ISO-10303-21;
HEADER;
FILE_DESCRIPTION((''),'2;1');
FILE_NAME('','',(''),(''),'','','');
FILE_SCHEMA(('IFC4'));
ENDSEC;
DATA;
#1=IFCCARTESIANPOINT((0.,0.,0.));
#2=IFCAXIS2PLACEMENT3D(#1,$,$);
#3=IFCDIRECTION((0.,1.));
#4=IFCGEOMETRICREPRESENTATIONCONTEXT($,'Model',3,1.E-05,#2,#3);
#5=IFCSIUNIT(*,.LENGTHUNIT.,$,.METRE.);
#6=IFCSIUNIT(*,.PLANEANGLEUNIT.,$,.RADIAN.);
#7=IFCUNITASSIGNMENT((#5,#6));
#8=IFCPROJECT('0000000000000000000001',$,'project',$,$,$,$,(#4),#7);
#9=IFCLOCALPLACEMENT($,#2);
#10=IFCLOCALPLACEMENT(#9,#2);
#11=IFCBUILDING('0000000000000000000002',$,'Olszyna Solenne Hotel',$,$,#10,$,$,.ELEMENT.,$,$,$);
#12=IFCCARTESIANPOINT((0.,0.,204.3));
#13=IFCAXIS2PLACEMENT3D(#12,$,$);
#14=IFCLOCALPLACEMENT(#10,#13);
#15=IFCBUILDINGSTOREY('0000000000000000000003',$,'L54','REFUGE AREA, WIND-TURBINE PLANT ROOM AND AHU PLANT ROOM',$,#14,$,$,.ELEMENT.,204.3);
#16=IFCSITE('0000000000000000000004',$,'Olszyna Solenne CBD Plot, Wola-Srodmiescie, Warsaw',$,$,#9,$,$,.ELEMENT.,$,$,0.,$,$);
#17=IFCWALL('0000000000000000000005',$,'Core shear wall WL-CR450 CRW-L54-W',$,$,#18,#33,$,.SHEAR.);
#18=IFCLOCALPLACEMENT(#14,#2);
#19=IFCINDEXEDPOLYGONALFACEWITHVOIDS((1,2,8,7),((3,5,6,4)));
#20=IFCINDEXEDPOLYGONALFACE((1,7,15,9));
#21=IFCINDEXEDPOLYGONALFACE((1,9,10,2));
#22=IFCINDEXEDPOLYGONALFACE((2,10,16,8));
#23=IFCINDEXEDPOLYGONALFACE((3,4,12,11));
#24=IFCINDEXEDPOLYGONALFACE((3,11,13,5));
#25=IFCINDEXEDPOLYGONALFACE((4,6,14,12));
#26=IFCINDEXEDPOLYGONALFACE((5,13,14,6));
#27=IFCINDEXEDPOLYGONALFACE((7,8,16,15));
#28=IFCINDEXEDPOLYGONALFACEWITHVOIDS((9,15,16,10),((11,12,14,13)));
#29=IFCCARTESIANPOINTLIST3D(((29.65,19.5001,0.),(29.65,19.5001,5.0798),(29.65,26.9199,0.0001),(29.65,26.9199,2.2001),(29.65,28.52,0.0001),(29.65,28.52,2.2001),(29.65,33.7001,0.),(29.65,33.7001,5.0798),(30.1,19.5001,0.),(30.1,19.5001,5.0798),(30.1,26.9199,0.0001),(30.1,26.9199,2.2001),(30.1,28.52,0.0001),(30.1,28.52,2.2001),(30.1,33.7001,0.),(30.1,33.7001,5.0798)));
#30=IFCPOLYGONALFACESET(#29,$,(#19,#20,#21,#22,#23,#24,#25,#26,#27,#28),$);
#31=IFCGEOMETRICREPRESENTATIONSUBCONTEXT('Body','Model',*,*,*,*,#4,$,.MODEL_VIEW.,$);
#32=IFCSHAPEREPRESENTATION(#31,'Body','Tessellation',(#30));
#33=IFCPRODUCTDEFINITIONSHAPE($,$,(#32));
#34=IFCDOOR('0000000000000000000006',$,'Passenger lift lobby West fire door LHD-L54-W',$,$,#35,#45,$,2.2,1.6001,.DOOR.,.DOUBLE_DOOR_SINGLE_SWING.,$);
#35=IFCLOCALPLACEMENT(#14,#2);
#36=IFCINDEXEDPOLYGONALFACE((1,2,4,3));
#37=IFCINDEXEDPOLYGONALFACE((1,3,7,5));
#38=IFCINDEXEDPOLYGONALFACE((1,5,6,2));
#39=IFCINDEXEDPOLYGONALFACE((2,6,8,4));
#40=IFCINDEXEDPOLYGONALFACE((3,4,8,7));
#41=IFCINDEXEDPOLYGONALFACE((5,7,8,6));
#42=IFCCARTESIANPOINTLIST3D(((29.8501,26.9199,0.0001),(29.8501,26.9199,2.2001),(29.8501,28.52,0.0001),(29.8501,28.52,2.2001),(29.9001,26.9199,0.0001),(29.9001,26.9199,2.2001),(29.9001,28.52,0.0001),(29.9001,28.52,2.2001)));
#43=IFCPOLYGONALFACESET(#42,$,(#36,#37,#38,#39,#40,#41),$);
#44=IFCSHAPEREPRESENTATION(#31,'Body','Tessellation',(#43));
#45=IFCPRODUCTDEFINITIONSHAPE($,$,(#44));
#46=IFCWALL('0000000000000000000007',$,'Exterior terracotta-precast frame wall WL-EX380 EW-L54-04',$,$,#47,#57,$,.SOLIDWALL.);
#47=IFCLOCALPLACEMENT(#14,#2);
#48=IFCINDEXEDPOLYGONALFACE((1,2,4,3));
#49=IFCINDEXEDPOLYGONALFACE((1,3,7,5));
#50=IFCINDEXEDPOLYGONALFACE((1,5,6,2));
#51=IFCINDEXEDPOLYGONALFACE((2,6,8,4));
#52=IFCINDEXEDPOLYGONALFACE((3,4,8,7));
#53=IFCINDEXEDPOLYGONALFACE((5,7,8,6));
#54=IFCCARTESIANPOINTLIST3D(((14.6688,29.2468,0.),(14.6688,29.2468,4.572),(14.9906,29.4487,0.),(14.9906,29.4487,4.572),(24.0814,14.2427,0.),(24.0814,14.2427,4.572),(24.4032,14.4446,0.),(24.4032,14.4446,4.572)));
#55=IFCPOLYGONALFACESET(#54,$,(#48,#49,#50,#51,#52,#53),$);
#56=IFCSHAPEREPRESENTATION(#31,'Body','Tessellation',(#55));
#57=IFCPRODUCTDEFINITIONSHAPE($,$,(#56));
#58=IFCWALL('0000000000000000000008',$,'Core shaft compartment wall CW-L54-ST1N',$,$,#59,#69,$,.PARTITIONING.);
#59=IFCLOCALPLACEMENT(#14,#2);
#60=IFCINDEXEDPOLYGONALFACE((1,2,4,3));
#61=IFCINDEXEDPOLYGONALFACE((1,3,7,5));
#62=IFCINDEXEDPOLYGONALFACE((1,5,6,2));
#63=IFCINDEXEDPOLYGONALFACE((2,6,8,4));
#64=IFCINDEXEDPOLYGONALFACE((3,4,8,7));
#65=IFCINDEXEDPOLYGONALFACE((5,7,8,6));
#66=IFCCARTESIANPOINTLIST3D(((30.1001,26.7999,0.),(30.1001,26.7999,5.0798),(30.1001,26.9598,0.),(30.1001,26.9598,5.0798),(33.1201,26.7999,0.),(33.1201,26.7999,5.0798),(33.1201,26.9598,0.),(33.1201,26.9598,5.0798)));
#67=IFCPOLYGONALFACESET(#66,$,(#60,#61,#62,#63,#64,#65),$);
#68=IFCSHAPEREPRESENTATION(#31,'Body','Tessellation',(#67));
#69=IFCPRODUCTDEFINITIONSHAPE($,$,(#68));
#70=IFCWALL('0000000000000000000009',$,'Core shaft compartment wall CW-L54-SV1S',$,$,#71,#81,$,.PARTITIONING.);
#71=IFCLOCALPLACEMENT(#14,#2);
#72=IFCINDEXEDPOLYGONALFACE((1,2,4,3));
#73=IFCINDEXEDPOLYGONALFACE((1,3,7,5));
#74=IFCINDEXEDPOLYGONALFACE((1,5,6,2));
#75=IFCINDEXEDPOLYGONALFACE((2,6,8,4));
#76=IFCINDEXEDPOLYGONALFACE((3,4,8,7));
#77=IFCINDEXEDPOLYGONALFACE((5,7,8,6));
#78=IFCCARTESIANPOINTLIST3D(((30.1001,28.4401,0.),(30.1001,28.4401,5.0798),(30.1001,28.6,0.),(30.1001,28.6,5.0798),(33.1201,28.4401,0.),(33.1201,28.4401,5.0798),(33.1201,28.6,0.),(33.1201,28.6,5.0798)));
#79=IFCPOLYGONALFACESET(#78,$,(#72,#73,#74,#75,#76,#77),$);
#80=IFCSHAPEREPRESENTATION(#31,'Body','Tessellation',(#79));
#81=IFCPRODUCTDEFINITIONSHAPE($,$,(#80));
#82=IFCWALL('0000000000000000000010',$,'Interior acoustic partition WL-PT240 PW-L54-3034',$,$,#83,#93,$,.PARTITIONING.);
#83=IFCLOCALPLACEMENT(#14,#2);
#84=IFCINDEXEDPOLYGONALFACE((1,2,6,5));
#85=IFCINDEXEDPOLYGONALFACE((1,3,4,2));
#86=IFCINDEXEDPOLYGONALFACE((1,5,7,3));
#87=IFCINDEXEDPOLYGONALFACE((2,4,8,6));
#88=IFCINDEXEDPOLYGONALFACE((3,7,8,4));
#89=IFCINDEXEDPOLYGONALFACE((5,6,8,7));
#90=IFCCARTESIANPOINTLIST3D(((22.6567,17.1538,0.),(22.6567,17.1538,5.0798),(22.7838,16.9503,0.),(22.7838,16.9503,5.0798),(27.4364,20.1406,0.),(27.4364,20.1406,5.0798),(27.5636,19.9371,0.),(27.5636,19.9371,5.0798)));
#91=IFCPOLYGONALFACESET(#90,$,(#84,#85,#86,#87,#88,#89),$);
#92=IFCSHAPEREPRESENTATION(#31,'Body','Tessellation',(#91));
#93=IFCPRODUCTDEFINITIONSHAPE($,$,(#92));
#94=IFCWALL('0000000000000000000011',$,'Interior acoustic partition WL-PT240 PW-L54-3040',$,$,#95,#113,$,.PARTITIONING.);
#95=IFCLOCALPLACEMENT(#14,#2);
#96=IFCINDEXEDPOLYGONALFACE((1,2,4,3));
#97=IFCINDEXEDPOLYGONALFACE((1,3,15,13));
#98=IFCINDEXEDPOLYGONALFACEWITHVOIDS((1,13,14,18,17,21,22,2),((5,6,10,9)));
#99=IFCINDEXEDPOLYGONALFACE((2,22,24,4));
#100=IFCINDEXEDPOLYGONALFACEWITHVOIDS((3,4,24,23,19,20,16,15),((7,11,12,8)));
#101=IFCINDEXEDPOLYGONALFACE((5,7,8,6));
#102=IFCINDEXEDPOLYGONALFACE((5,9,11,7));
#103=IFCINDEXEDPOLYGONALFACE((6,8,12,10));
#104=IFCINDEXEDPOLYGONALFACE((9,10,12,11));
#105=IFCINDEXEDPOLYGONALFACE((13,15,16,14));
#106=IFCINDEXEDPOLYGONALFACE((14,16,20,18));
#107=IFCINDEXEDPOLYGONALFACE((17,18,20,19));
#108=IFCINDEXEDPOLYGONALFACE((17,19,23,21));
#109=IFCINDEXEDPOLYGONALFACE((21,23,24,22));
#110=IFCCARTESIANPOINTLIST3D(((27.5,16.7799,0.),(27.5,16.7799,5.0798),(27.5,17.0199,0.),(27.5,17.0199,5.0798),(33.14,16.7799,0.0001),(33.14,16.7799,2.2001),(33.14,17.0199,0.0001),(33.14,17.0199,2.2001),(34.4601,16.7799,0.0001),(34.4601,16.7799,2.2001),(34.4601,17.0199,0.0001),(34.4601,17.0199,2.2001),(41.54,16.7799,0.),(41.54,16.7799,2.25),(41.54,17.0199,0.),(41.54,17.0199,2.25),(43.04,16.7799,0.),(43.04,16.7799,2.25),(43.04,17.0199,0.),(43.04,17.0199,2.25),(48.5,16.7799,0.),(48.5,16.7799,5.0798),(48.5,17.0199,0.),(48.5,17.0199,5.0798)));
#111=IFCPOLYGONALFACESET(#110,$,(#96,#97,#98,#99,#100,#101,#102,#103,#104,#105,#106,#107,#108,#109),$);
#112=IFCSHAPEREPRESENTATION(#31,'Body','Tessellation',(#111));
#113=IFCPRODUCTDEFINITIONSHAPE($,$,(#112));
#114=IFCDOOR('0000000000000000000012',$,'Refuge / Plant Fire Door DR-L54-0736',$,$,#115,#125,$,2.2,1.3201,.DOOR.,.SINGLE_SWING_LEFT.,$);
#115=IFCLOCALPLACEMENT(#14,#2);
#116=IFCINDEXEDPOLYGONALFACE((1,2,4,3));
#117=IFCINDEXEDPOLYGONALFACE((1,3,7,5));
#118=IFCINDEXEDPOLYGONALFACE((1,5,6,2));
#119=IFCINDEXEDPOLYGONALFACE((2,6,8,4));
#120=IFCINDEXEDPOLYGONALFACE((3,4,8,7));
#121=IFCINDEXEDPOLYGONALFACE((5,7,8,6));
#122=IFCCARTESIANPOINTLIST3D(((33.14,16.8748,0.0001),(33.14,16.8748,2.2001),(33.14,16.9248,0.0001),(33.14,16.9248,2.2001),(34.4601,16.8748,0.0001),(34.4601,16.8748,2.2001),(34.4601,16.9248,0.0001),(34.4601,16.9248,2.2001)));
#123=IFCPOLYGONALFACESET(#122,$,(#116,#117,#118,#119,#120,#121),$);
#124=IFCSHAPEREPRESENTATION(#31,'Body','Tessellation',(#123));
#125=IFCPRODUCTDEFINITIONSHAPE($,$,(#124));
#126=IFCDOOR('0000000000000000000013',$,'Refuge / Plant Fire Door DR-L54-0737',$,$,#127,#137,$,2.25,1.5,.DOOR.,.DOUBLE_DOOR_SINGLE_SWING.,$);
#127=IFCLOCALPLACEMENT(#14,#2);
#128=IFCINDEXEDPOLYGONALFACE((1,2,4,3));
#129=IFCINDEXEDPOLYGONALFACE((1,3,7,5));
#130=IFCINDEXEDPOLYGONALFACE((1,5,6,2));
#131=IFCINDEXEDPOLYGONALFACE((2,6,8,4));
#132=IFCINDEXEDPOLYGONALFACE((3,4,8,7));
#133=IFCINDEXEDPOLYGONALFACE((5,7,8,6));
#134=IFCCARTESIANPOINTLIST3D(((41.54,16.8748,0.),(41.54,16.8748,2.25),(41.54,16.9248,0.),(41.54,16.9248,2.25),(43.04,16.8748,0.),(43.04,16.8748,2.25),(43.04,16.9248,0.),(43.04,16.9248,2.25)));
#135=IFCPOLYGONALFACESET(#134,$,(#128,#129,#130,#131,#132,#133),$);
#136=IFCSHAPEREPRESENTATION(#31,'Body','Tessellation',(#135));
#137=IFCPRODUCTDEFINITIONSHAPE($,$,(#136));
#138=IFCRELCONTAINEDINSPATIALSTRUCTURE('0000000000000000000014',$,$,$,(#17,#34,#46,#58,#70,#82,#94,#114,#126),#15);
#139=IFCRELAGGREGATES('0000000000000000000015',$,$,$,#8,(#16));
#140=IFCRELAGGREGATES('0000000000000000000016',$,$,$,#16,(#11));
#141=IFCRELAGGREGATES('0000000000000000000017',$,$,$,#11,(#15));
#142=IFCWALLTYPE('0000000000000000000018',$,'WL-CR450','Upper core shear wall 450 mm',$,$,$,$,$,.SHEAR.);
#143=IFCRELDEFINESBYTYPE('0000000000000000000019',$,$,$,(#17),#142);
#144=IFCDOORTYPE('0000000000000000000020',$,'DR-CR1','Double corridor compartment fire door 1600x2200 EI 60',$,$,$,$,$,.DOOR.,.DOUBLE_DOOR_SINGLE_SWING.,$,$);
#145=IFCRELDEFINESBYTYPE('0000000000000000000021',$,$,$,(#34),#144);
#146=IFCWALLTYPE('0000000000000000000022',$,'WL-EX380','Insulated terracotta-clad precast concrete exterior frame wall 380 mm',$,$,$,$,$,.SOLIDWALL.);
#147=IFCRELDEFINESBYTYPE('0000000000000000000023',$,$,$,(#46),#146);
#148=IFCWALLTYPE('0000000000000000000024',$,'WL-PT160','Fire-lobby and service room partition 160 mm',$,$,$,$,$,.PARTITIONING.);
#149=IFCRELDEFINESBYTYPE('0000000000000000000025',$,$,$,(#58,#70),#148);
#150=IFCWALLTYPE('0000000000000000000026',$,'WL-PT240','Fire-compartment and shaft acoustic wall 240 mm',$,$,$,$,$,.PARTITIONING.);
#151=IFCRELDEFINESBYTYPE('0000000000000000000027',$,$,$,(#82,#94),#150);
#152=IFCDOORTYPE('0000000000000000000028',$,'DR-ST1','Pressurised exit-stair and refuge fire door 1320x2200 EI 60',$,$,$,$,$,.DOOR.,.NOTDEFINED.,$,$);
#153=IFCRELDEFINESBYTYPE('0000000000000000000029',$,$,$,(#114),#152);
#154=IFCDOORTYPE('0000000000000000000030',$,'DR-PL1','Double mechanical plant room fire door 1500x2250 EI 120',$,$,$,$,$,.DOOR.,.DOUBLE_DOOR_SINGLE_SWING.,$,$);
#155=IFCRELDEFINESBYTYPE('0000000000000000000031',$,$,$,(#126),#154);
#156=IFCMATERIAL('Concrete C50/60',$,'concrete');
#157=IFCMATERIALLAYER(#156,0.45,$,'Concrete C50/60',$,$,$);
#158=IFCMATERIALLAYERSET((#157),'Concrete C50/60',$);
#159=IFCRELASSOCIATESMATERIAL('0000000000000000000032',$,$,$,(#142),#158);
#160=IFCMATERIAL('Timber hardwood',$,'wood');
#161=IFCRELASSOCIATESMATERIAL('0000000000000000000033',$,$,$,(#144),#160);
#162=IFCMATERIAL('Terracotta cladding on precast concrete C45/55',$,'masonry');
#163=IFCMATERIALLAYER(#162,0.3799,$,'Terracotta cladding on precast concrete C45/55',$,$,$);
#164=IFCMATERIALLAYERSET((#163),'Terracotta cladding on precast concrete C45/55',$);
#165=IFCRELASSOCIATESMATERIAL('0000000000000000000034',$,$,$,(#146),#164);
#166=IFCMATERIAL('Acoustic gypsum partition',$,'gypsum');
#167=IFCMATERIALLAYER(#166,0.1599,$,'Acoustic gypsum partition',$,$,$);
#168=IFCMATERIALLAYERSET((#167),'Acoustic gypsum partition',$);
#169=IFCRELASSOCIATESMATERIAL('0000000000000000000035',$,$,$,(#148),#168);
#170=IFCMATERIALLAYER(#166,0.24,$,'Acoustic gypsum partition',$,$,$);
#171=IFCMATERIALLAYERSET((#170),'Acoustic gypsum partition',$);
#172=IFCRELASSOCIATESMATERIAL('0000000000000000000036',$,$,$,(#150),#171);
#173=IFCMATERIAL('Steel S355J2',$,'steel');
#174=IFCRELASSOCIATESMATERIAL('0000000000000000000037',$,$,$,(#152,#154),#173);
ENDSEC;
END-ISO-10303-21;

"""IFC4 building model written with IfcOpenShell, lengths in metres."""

from ifc_helpers import new_model, si_unit, direction, frame, frame_2d, origin, place, context, subcontext, project, spatial, rectangle, extrude, source, transform, mapped, material, layer, layer_set, type_object, type_shapes, element, fill, save


model = new_model("IFC4")

# Units and contexts
model_context = context("Model", 3, precision=1e-05, world=origin(), true_north=direction((0.0, 1.0)))
body_context = subcontext(model_context, "Body", "Model", "MODEL_VIEW")
ifc_project = project(units=[si_unit("LENGTHUNIT", "METRE"), si_unit("PLANEANGLEUNIT", "RADIAN")], contexts=[model_context])

# Site, building, storey
site_placement = place(None, origin())
site = spatial("IfcSite", under=ifc_project, at=site_placement, Name="Olszyna Solenne CBD Plot, Wola-Srodmiescie, Warsaw", CompositionType="ELEMENT", RefElevation=0.0)
building_placement = place(site_placement, origin())
building = spatial("IfcBuilding", under=site, at=building_placement, Name="Olszyna Solenne Hotel", CompositionType="ELEMENT")
storey_placement = place(building_placement, frame((0.0, 0.0, 204.3)))
storey = spatial("IfcBuildingStorey", under=building, at=storey_placement, Name="L54", Description="REFUGE AREA, WIND-TURBINE PLANT ROOM AND AHU PLANT ROOM", CompositionType="ELEMENT", Elevation=204.3)

# Shared definitions
ifc_material_1 = material(Name="Steel S355J2", Category="steel")

# Wall, opening, door
ifc_material_2 = material(Name="Concrete C50/60", Category="concrete")
ifc_layer_1 = layer(ifc_material_2, 0.45, Name="Concrete C50/60")
ifc_layer_set_1 = layer_set([ifc_layer_1], Name="Concrete C50/60")
wall_type_1 = type_object("IfcWallType", Name="WL-CR450", Description="Upper core shear wall 450 mm", PredefinedType="SHEAR", material=ifc_layer_set_1)
wall_1_placement = place(storey_placement, frame((29.875, 19.5, 0.0), z_axis=(0.0, 0.0, 1.0), x_axis=(0.0, 1.0, 0.0)))
wall_1 = element("IfcWall", 1, at=wall_1_placement, inside=storey, type_object=wall_type_1, Name="Core shear wall WL-CR450 CRW-L54-W", PredefinedType="SHEAR", context=body_context, shape_type="SweptSolid", body=[
    extrude(rectangle(XDim=14.2, YDim=0.45, at=frame_2d((7.1001, 0.0))), origin(), (0.0, 0.0, 1.0), 5.0798),
])
opening_1_placement = place(wall_1_placement, frame((7.4199, 0.0, 0.0)))
opening_1 = element("IfcOpeningElement", 2, at=opening_1_placement, cuts=wall_1, PredefinedType="OPENING", context=body_context, shape_type="SweptSolid", body=[
    extrude(rectangle(XDim=1.6001, YDim=2.2, at=frame_2d((0.8, 1.1001))), frame((0.0, 0.2349, 0.0), z_axis=(0.0, -1.0, 0.0), x_axis=(1.0, 0.0, 0.0)), (0.0, 0.0, 1.0), 0.47),
])
ifc_material_3 = material(Name="Timber hardwood", Category="wood")
door_type_1 = type_object("IfcDoorType", Name="DR-CR1", Description="Double corridor compartment fire door 1600x2200 EI 60", OperationType="DOUBLE_DOOR_SINGLE_SWING", PredefinedType="DOOR", material=ifc_material_3)
shared_shape_1 = source(origin(), body_context, "Body", "SweptSolid", [
    extrude(rectangle(XDim=1.6001, YDim=2.2, at=frame_2d((0.8, 1.1001))), frame((0.0, 0.0249, 0.0), z_axis=(0.0, -1.0, 0.0), x_axis=(1.0, 0.0, 0.0)), (0.0, 0.0, 1.0), 0.05),
])
type_shapes(door_type_1, [shared_shape_1])
door_1_placement = place(opening_1_placement, origin())
door_1 = element("IfcDoor", 3, at=door_1_placement, inside=storey, type_object=door_type_1, Name="Passenger lift lobby West fire door LHD-L54-W", OperationType="DOUBLE_DOOR_SINGLE_SWING", OverallHeight=2.2, OverallWidth=1.6001, PredefinedType="DOOR", context=body_context, shape_type="MappedRepresentation", body=[
    mapped(shared_shape_1, transform((0.0, 0.0, 0.0), x_axis=(1.0, 0.0, 0.0), y_axis=(0.0, 1.0, 0.0), z_axis=(0.0, 0.0, 1.0), scale=1.0)),
])
fill(opening_1, door_1)

# Walls
ifc_material_4 = material(Name="Terracotta cladding on precast concrete C45/55", Category="masonry")
ifc_layer_2 = layer(ifc_material_4, 0.3799, Name="Terracotta cladding on precast concrete C45/55")
ifc_layer_set_2 = layer_set([ifc_layer_2], Name="Terracotta cladding on precast concrete C45/55")
wall_type_2 = type_object("IfcWallType", Name="WL-EX380", Description="Insulated terracotta-clad precast concrete exterior frame wall 380 mm", PredefinedType="SOLIDWALL", material=ifc_layer_set_2)
wall_2_placement = place(storey_placement, frame((24.2422, 14.3438, 0.0), z_axis=(0.0, 0.0, 1.0), x_axis=(-0.531419, 0.847109, 0.0)))
element("IfcWall", 4, at=wall_2_placement, inside=storey, type_object=wall_type_2, Name="Exterior terracotta-precast frame wall WL-EX380 EW-L54-04", PredefinedType="SOLIDWALL", context=body_context, shape_type="SweptSolid", body=[
    extrude(rectangle(XDim=17.7122, YDim=0.3799, at=frame_2d((8.856, 0.0))), origin(), (0.0, 0.0, 1.0), 4.572),
])
ifc_material_5 = material(Name="Acoustic gypsum partition", Category="gypsum")
ifc_layer_3 = layer(ifc_material_5, 0.1599, Name="Acoustic gypsum partition")
ifc_layer_set_3 = layer_set([ifc_layer_3], Name="Acoustic gypsum partition")
wall_type_3 = type_object("IfcWallType", Name="WL-PT160", Description="Fire-lobby and service room partition 160 mm", PredefinedType="PARTITIONING", material=ifc_layer_set_3)
for number, where, z_axis, x_axis, name in (
    (5, (30.1001, 26.8799, 0.0), (0.0, 0.0, 1.0), (1.0, 0.0, 0.0), "Core shaft compartment wall CW-L54-ST1N"),
    (6, (30.1001, 28.52, 0.0), (0.0, 0.0, 1.0), (1.0, 0.0, 0.0), "Core shaft compartment wall CW-L54-SV1S"),
):
    element("IfcWall", number, at=place(storey_placement, frame(where, z_axis=z_axis, x_axis=x_axis)), inside=storey, type_object=wall_type_3, Name=name, PredefinedType="PARTITIONING", context=body_context, shape_type="SweptSolid", body=[
        extrude(rectangle(XDim=3.02, YDim=0.1599, at=frame_2d((1.51, 0.0))), origin(), (0.0, 0.0, 1.0), 5.0798),
    ])
ifc_layer_4 = layer(ifc_material_5, 0.24, Name="Acoustic gypsum partition")
ifc_layer_set_4 = layer_set([ifc_layer_4], Name="Acoustic gypsum partition")
wall_type_4 = type_object("IfcWallType", Name="WL-PT240", Description="Fire-compartment and shaft acoustic wall 240 mm", PredefinedType="PARTITIONING", material=ifc_layer_set_4)
wall_3_placement = place(storey_placement, frame((27.5, 20.0388, 0.0), z_axis=(0.0, 0.0, 1.0), x_axis=(-0.848042, -0.529929, 0.0)))
element("IfcWall", 7, at=wall_3_placement, inside=storey, type_object=wall_type_4, Name="Interior acoustic partition WL-PT240 PW-L54-3034", PredefinedType="PARTITIONING", context=body_context, shape_type="SweptSolid", body=[
    extrude(rectangle(XDim=5.6362, YDim=0.24, at=frame_2d((2.8181, 0.0))), origin(), (0.0, 0.0, 1.0), 5.0798),
])

# Wall, openings, doors
wall_4_placement = place(storey_placement, frame((27.5, 16.8999, 0.0), z_axis=(0.0, 0.0, 1.0), x_axis=(1.0, 0.0, 0.0)))
wall_4 = element("IfcWall", 8, at=wall_4_placement, inside=storey, type_object=wall_type_4, Name="Interior acoustic partition WL-PT240 PW-L54-3040", PredefinedType="PARTITIONING", context=body_context, shape_type="SweptSolid", body=[
    extrude(rectangle(XDim=21.0, YDim=0.24, at=frame_2d((10.5, 0.0))), origin(), (0.0, 0.0, 1.0), 5.0798),
])
opening_2_placement = place(wall_4_placement, frame((5.6399, 0.0, 0.0)))
opening_2 = element("IfcOpeningElement", 9, at=opening_2_placement, cuts=wall_4, PredefinedType="OPENING", context=body_context, shape_type="SweptSolid", body=[
    extrude(rectangle(XDim=1.3201, YDim=2.2, at=frame_2d((0.6602, 1.1001))), frame((0.0, 0.1299, 0.0), z_axis=(0.0, -1.0, 0.0), x_axis=(1.0, 0.0, 0.0)), (0.0, 0.0, 1.0), 0.26),
])
opening_3_placement = place(wall_4_placement, frame((14.04, 0.0, 0.0)))
opening_3 = element("IfcOpeningElement", 10, at=opening_3_placement, cuts=wall_4, PredefinedType="OPENING", context=body_context, shape_type="SweptSolid", body=[
    extrude(rectangle(XDim=1.5, YDim=2.25, at=frame_2d((0.75, 1.125))), frame((0.0, 0.1299, 0.0), z_axis=(0.0, -1.0, 0.0), x_axis=(1.0, 0.0, 0.0)), (0.0, 0.0, 1.0), 0.26),
])
door_type_2 = type_object("IfcDoorType", Name="DR-ST1", Description="Pressurised exit-stair and refuge fire door 1320x2200 EI 60", OperationType="NOTDEFINED", PredefinedType="DOOR", material=ifc_material_1)
shared_shape_2 = source(origin(), body_context, "Body", "SweptSolid", [
    extrude(rectangle(XDim=1.3201, YDim=2.2, at=frame_2d((0.6602, 1.1001))), frame((0.0, 0.0249, 0.0), z_axis=(0.0, -1.0, 0.0), x_axis=(1.0, 0.0, 0.0)), (0.0, 0.0, 1.0), 0.05),
])
type_shapes(door_type_2, [shared_shape_2])
door_2_placement = place(opening_2_placement, origin())
door_2 = element("IfcDoor", 11, at=door_2_placement, inside=storey, type_object=door_type_2, Name="Refuge / Plant Fire Door DR-L54-0736", OperationType="SINGLE_SWING_LEFT", OverallHeight=2.2, OverallWidth=1.3201, PredefinedType="DOOR", context=body_context, shape_type="MappedRepresentation", body=[
    mapped(shared_shape_2, transform((0.0, 0.0, 0.0), x_axis=(1.0, 0.0, 0.0), y_axis=(0.0, 1.0, 0.0), z_axis=(0.0, 0.0, 1.0), scale=1.0)),
])
fill(opening_2, door_2)
door_type_3 = type_object("IfcDoorType", Name="DR-PL1", Description="Double mechanical plant room fire door 1500x2250 EI 120", OperationType="DOUBLE_DOOR_SINGLE_SWING", PredefinedType="DOOR", material=ifc_material_1)
shared_shape_3 = source(origin(), body_context, "Body", "SweptSolid", [
    extrude(rectangle(XDim=1.5, YDim=2.25, at=frame_2d((0.75, 1.125))), frame((0.0, 0.0249, 0.0), z_axis=(0.0, -1.0, 0.0), x_axis=(1.0, 0.0, 0.0)), (0.0, 0.0, 1.0), 0.05),
])
type_shapes(door_type_3, [shared_shape_3])
door_3_placement = place(opening_3_placement, origin())
door_3 = element("IfcDoor", 12, at=door_3_placement, inside=storey, type_object=door_type_3, Name="Refuge / Plant Fire Door DR-L54-0737", OperationType="DOUBLE_DOOR_SINGLE_SWING", OverallHeight=2.25, OverallWidth=1.5, PredefinedType="DOOR", context=body_context, shape_type="MappedRepresentation", body=[
    mapped(shared_shape_3, transform((0.0, 0.0, 0.0), x_axis=(1.0, 0.0, 0.0), y_axis=(0.0, 1.0, 0.0), z_axis=(0.0, 0.0, 1.0), scale=1.0)),
])
fill(opening_3, door_3)

save(model, "model.ifc")
